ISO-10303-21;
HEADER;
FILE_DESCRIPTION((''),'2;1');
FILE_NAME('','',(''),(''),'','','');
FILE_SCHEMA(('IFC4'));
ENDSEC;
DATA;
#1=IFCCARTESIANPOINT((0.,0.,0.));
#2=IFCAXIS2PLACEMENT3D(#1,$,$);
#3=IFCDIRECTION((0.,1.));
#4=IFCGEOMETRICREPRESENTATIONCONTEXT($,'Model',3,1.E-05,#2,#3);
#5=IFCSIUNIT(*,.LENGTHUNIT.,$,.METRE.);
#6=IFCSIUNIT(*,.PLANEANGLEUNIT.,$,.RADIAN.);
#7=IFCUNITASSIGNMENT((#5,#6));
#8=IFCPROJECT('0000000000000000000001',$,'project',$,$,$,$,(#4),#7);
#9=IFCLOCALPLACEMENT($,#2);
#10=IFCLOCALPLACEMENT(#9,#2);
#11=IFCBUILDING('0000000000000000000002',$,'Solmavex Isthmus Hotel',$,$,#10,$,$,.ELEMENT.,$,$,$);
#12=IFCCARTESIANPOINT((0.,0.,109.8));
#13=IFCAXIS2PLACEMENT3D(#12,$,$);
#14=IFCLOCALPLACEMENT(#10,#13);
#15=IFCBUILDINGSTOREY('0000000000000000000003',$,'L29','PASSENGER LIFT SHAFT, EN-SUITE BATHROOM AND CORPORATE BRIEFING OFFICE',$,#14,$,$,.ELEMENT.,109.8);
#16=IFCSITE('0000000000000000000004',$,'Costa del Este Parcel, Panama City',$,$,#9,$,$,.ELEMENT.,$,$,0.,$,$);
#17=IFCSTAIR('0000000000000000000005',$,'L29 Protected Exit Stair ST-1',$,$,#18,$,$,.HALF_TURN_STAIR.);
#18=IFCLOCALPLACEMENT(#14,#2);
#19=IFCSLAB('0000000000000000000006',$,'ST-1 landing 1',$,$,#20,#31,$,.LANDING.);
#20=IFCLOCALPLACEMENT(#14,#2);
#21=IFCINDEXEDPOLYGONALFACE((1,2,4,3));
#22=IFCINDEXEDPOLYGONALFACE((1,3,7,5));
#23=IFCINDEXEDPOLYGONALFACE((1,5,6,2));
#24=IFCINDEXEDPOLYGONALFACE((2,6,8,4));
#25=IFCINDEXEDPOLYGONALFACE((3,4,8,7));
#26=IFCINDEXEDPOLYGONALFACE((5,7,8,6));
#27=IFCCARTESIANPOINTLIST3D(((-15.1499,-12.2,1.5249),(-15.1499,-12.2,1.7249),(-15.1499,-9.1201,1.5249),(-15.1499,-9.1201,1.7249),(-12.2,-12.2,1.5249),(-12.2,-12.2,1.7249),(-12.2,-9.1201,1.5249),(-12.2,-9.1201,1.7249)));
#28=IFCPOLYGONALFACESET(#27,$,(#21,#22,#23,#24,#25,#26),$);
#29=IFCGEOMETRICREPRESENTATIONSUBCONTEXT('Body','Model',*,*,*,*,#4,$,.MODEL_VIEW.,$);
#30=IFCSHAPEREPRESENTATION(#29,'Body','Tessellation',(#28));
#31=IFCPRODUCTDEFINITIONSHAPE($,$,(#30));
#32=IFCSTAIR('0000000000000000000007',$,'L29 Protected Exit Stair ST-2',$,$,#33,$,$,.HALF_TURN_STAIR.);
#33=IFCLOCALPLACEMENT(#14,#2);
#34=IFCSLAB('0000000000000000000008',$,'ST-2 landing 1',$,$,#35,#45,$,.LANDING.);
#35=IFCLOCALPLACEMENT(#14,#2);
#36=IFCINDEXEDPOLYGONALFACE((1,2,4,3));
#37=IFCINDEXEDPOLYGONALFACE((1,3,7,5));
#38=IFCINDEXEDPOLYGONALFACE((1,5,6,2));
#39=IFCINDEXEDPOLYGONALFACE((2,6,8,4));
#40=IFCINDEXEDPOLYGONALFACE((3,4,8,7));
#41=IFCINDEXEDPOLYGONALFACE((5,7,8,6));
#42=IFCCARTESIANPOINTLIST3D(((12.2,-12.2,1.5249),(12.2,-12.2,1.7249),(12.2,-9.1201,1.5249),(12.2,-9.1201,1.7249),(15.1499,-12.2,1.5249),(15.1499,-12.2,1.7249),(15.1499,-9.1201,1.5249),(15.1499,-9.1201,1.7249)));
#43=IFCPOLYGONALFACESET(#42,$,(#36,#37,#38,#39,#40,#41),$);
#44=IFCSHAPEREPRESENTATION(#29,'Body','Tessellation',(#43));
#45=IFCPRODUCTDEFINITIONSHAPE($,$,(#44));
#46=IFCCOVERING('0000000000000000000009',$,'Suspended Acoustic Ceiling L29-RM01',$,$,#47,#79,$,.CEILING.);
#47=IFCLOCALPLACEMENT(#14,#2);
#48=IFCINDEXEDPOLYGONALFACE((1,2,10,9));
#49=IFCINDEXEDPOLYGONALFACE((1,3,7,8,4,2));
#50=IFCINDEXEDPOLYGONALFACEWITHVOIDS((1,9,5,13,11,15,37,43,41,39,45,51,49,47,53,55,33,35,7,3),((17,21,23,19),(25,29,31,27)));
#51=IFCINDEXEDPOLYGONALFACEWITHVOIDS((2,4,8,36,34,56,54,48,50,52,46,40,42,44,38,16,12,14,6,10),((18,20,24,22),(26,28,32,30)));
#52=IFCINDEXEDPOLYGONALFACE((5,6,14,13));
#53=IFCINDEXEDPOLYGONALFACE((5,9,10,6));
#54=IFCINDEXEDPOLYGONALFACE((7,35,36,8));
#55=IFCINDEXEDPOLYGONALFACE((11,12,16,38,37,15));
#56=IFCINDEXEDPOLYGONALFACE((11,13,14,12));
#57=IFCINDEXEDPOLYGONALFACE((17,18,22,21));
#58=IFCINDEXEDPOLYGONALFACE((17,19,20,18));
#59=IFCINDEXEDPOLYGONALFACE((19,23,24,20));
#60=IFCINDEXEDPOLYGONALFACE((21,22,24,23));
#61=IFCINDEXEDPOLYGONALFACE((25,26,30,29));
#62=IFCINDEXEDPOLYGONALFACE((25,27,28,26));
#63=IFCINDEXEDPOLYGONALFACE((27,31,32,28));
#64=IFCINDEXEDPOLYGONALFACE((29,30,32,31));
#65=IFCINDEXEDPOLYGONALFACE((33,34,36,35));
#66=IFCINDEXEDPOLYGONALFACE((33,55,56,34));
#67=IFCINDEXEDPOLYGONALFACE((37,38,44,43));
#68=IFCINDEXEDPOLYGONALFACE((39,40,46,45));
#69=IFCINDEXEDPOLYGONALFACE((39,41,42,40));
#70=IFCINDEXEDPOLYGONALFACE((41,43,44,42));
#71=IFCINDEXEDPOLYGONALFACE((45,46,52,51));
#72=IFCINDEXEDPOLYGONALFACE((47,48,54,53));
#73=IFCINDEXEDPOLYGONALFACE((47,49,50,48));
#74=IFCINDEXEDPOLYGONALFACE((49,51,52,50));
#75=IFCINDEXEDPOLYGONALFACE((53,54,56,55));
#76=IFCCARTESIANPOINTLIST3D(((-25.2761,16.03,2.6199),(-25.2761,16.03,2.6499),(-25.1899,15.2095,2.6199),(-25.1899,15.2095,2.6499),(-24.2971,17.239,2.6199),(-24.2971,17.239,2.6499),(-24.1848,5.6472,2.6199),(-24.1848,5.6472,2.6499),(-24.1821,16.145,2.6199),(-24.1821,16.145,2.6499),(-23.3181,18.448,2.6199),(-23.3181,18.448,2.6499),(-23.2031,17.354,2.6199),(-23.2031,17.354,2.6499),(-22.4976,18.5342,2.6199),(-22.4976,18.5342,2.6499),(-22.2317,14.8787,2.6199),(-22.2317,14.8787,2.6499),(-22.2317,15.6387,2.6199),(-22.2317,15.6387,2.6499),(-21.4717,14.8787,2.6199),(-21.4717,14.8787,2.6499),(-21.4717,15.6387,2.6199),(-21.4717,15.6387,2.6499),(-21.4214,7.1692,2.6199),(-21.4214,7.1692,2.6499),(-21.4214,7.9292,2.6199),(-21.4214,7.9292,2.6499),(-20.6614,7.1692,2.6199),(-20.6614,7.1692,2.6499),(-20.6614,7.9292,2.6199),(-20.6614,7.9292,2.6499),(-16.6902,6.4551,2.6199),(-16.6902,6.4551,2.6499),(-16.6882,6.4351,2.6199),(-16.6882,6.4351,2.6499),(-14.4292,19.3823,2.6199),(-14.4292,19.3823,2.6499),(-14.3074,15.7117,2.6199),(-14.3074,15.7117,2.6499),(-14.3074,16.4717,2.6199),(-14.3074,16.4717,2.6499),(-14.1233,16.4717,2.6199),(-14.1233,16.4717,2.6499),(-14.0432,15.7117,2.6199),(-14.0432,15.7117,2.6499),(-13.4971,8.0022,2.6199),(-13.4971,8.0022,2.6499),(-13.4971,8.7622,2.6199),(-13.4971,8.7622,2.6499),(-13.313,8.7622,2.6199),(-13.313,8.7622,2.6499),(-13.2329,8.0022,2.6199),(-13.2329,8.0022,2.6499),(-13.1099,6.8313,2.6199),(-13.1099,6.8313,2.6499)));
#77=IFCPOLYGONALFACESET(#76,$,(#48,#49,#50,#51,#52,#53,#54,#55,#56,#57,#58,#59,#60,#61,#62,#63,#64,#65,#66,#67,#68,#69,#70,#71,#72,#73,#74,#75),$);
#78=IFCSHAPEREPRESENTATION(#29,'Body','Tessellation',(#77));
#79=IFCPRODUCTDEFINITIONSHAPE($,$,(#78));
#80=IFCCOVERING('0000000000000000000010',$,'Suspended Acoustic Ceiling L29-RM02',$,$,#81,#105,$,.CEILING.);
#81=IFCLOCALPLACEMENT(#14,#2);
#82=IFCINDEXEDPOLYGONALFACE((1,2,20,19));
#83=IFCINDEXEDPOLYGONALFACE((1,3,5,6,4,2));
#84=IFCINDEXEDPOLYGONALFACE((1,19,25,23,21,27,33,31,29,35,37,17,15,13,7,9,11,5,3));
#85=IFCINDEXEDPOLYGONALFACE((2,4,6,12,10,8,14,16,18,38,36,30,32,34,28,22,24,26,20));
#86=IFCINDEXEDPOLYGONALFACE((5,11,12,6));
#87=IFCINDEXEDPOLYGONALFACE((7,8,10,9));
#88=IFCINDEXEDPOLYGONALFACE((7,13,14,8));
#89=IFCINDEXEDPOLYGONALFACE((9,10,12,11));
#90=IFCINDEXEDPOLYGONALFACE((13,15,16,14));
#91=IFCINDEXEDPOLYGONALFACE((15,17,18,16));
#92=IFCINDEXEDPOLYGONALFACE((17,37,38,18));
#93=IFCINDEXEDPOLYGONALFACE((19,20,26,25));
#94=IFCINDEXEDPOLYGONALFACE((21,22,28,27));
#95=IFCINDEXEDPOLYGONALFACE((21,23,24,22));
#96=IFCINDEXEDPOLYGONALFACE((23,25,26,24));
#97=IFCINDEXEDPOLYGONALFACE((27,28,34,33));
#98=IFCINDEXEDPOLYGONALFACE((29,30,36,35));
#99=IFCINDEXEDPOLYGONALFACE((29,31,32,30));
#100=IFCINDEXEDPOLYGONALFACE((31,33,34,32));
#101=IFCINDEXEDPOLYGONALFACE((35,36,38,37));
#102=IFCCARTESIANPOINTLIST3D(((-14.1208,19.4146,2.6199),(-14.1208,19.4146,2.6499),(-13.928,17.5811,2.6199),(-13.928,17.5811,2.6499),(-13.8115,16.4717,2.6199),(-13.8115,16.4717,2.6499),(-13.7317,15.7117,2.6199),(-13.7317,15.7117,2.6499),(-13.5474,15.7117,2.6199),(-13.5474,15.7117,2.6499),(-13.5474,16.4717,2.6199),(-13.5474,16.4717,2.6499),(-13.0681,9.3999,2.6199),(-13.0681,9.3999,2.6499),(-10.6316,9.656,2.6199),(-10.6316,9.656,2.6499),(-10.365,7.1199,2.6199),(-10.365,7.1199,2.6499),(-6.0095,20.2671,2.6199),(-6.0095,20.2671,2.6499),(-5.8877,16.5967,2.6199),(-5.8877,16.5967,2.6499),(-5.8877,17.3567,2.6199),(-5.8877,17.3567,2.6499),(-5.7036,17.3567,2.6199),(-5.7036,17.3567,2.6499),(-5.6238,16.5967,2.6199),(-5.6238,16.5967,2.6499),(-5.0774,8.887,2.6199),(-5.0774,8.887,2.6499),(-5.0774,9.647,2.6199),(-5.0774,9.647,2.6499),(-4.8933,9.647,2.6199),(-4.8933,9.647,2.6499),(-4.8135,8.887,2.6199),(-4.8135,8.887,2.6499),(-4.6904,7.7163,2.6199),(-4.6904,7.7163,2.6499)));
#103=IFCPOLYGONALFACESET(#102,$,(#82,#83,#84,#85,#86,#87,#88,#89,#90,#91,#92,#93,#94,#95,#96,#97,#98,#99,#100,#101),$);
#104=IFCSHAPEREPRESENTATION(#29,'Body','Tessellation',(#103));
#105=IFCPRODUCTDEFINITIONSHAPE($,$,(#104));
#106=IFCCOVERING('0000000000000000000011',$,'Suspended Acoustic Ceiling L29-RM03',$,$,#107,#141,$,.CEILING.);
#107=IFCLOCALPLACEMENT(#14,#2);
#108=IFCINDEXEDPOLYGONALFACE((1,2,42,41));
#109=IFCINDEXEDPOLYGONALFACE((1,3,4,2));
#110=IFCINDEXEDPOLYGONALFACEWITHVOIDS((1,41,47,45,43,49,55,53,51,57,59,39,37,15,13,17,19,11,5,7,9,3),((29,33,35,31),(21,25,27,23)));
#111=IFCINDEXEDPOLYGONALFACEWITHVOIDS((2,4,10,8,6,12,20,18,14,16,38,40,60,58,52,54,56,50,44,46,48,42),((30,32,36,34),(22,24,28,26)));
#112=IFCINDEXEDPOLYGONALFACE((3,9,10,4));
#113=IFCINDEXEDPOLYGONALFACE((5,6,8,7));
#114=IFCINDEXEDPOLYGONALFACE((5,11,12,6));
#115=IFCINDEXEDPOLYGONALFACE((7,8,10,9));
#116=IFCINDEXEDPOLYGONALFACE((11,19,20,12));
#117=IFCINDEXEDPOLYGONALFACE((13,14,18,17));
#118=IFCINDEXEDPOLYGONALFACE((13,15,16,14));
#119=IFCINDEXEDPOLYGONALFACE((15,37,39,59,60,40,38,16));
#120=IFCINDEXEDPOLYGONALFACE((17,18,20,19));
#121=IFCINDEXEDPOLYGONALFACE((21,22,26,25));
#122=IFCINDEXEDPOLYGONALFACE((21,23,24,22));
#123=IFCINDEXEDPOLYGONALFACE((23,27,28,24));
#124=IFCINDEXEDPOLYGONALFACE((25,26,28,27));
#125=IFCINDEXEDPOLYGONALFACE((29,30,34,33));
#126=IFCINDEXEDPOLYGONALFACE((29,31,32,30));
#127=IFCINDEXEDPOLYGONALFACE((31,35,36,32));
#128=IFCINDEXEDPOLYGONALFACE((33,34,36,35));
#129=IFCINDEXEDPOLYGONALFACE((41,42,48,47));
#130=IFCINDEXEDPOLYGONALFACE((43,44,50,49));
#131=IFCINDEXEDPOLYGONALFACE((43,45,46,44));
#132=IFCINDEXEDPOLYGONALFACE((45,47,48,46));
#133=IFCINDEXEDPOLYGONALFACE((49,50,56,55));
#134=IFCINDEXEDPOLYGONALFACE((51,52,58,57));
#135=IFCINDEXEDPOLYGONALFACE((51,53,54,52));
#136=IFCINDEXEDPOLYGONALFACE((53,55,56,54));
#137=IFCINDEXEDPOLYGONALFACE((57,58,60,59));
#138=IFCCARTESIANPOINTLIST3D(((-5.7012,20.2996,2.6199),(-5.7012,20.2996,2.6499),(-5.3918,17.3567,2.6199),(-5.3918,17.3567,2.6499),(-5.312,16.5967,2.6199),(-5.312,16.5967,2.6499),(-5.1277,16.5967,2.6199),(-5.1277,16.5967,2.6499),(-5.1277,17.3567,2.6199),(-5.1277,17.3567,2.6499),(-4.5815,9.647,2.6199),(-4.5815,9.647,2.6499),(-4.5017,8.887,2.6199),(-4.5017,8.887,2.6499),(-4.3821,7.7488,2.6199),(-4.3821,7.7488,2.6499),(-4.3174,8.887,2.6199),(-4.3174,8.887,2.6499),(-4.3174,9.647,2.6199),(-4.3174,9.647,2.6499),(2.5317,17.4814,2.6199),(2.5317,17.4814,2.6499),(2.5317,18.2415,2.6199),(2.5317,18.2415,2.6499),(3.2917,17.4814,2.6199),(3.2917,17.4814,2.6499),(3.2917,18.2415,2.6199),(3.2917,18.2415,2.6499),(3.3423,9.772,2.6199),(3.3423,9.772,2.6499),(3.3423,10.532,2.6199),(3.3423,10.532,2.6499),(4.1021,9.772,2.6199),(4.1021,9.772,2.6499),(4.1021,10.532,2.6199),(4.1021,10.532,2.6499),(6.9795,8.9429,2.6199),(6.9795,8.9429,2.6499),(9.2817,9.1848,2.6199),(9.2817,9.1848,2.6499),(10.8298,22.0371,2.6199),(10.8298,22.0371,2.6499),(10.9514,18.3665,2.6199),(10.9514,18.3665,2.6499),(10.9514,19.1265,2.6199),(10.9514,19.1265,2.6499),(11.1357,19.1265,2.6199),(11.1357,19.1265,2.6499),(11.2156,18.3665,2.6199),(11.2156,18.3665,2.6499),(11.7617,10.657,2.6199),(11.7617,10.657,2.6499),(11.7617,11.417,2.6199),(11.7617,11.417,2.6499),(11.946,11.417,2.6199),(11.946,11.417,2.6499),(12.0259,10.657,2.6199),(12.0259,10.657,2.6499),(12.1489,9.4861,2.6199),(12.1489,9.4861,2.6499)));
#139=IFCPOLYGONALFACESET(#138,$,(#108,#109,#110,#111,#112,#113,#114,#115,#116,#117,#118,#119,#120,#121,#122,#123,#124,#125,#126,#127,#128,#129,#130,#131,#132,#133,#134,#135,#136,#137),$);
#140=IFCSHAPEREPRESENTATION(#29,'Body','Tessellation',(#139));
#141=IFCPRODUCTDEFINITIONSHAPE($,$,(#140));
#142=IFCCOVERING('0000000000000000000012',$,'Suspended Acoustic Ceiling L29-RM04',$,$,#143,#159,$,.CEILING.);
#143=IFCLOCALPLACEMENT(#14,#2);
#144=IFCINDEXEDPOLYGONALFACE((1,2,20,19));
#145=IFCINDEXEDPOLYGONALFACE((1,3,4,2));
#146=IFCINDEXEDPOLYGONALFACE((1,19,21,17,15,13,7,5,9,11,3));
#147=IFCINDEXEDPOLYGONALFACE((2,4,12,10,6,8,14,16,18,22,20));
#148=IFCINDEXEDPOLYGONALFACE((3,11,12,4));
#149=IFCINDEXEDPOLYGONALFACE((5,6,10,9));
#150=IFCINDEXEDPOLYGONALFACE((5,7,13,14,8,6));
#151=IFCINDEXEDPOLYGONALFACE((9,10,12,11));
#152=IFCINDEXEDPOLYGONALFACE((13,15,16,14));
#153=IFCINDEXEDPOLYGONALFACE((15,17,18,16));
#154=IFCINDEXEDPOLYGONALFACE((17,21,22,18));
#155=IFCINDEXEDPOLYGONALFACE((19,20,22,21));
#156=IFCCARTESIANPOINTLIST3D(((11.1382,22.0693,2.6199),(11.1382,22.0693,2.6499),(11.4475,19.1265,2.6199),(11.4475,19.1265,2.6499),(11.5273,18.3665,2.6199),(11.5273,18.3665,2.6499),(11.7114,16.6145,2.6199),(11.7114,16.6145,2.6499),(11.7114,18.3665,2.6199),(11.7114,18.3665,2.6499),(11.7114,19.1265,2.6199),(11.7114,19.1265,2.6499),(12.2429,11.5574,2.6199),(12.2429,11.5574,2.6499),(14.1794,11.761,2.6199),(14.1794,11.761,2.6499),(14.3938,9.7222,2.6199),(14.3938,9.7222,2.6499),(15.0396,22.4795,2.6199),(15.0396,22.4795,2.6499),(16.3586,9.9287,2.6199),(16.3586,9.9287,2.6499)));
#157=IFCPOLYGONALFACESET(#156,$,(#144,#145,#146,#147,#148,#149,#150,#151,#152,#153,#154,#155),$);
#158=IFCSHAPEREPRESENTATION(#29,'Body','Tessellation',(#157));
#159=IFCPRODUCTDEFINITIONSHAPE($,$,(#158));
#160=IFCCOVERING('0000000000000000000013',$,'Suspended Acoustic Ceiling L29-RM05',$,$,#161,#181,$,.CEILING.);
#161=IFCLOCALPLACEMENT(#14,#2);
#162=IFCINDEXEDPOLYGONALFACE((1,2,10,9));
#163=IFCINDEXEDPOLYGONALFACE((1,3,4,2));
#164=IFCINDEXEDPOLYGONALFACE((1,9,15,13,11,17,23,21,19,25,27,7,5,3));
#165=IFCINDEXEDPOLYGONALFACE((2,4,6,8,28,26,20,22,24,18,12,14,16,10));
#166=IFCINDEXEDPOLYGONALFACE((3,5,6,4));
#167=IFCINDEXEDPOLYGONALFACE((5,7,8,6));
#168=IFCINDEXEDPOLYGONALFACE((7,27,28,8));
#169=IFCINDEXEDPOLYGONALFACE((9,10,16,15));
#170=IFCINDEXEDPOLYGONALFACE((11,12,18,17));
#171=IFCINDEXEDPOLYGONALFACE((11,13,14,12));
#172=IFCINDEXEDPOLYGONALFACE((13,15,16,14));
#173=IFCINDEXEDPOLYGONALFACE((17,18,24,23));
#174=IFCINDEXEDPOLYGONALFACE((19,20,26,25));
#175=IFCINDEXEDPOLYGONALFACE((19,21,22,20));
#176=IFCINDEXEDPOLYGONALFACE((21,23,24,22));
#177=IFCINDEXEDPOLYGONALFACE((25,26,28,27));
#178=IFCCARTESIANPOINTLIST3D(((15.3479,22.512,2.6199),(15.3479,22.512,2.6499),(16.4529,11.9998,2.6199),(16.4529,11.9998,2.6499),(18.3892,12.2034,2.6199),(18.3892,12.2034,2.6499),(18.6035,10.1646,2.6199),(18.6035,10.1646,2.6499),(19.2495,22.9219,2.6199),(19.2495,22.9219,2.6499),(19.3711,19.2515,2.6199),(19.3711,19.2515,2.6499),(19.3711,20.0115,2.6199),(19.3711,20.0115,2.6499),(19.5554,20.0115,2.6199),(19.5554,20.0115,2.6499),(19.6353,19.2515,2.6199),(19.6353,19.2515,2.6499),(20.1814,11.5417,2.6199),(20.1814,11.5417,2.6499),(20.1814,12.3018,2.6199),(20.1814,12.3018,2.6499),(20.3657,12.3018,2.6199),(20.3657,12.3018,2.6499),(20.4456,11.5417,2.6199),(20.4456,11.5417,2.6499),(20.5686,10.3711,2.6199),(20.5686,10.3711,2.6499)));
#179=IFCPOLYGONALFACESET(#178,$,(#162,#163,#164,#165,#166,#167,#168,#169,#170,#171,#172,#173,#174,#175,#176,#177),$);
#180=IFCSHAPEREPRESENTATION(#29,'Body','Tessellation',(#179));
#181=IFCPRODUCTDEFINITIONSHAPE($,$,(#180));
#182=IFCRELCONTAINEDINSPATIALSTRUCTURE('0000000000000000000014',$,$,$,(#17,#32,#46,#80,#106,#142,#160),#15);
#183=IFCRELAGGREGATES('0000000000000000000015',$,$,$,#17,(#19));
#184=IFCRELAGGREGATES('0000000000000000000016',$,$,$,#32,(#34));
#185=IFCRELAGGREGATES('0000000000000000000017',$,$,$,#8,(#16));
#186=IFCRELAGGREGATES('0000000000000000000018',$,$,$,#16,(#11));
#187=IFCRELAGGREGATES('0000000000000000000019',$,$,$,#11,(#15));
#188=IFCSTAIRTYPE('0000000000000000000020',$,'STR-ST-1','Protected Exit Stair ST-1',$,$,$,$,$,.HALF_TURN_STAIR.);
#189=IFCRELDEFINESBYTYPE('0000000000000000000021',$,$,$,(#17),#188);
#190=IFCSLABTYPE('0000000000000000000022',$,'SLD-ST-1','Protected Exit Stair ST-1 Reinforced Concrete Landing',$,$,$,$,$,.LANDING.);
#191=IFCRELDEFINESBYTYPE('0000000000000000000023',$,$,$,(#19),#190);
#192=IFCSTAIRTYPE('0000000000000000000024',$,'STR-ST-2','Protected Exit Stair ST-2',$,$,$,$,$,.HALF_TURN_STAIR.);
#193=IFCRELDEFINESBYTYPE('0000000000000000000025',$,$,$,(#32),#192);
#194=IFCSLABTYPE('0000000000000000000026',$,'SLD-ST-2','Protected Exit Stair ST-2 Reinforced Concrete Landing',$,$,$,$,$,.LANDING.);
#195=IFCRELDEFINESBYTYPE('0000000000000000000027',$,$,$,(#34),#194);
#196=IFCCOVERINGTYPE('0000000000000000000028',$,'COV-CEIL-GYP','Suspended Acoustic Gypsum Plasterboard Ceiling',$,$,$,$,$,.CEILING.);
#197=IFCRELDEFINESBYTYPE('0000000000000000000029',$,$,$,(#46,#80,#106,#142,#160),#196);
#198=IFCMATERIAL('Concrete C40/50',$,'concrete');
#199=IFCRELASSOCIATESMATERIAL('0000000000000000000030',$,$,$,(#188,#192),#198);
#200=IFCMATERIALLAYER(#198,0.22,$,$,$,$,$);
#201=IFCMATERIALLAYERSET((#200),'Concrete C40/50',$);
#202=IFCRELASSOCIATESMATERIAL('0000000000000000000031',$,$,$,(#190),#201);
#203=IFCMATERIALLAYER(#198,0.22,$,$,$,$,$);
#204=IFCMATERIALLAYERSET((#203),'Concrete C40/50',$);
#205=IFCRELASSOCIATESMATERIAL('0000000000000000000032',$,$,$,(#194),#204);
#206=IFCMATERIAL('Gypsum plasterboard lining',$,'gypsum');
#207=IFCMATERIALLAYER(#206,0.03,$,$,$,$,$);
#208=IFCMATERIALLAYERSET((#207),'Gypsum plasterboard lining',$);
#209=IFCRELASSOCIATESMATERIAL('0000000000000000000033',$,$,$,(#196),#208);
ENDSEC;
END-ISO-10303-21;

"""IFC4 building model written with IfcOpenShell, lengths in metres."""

from ifc_helpers import new_model, si_unit, direction, frame, origin, place, context, subcontext, project, spatial, polyline, outline, extrude, material, layer, layer_set, type_object, element, aggregate, save


model = new_model("IFC4")

# Units and contexts
model_context = context("Model", 3, precision=1e-05, world=origin(), true_north=direction((0.0, 1.0)))
body_context = subcontext(model_context, "Body", "Model", "MODEL_VIEW")
ifc_project = project(units=[si_unit("LENGTHUNIT", "METRE"), si_unit("PLANEANGLEUNIT", "RADIAN")], contexts=[model_context])

# Site, building, storey
site_placement = place(None, origin())
site = spatial("IfcSite", under=ifc_project, at=site_placement, Name="Costa del Este Parcel, Panama City", CompositionType="ELEMENT", RefElevation=0.0)
building_placement = place(site_placement, origin())
building = spatial("IfcBuilding", under=site, at=building_placement, Name="Solmavex Isthmus Hotel", CompositionType="ELEMENT")
storey_placement = place(building_placement, frame((0.0, 0.0, 109.8)))
storey = spatial("IfcBuildingStorey", under=building, at=storey_placement, Name="L29", Description="PASSENGER LIFT SHAFT, EN-SUITE BATHROOM AND CORPORATE BRIEFING OFFICE", CompositionType="ELEMENT", Elevation=109.8)

# Stairs, slabs
ifc_material_1 = material(Name="Concrete C40/50", Category="concrete")
stair_type_1 = type_object("IfcStairType", Name="STR-ST-1", Description="Protected Exit Stair ST-1", PredefinedType="HALF_TURN_STAIR", material=ifc_material_1)
stair_1_placement = place(storey_placement, origin())
stair_1 = element("IfcStair", 1, at=stair_1_placement, inside=storey, type_object=stair_type_1, Name="L29 Protected Exit Stair ST-1", PredefinedType="HALF_TURN_STAIR")
ifc_layer_1 = layer(ifc_material_1, 0.22)
ifc_layer_set_1 = layer_set([ifc_layer_1], Name="Concrete C40/50")
slab_type_1 = type_object("IfcSlabType", Name="SLD-ST-1", Description="Protected Exit Stair ST-1 Reinforced Concrete Landing", PredefinedType="LANDING", material=ifc_layer_set_1)
slab_1_placement = place(storey_placement, frame((0.0, 0.0, 1.5249)))
slab_1 = element("IfcSlab", 2, at=slab_1_placement, type_object=slab_type_1, Name="ST-1 landing 1", PredefinedType="LANDING", context=body_context, shape_type="SweptSolid", body=[
    extrude(outline(polyline([(-15.1499, -9.1201), (-15.1499, -12.2), (-12.2, -12.2), (-12.2, -9.1201), (-15.1499, -9.1201)])), origin(), (0.0, 0.0, 1.0), 0.2),
])
aggregate(stair_1, [slab_1])
stair_type_2 = type_object("IfcStairType", Name="STR-ST-2", Description="Protected Exit Stair ST-2", PredefinedType="HALF_TURN_STAIR", material=ifc_material_1)
stair_2_placement = place(storey_placement, origin())
stair_2 = element("IfcStair", 3, at=stair_2_placement, inside=storey, type_object=stair_type_2, Name="L29 Protected Exit Stair ST-2", PredefinedType="HALF_TURN_STAIR")
ifc_layer_2 = layer(ifc_material_1, 0.22)
ifc_layer_set_2 = layer_set([ifc_layer_2], Name="Concrete C40/50")
slab_type_2 = type_object("IfcSlabType", Name="SLD-ST-2", Description="Protected Exit Stair ST-2 Reinforced Concrete Landing", PredefinedType="LANDING", material=ifc_layer_set_2)
slab_2_placement = place(storey_placement, frame((0.0, 0.0, 1.5249)))
slab_2 = element("IfcSlab", 4, at=slab_2_placement, type_object=slab_type_2, Name="ST-2 landing 1", PredefinedType="LANDING", context=body_context, shape_type="SweptSolid", body=[
    extrude(outline(polyline([(12.2, -9.1201), (12.2, -12.2), (15.1499, -12.2), (15.1499, -9.1201), (12.2, -9.1201)])), origin(), (0.0, 0.0, 1.0), 0.2),
])
aggregate(stair_2, [slab_2])

# Coverings
ifc_material_2 = material(Name="Gypsum plasterboard lining", Category="gypsum")
ifc_layer_3 = layer(ifc_material_2, 0.03)
ifc_layer_set_3 = layer_set([ifc_layer_3], Name="Gypsum plasterboard lining")
covering_type_1 = type_object("IfcCoveringType", Name="COV-CEIL-GYP", Description="Suspended Acoustic Gypsum Plasterboard Ceiling", PredefinedType="CEILING", material=ifc_layer_set_3)
covering_1_placement = place(storey_placement, frame((0.0, 0.0, 2.6199)))
element("IfcCovering", 5, at=covering_1_placement, inside=storey, type_object=covering_type_1, Name="Suspended Acoustic Ceiling L29-RM01", PredefinedType="CEILING", context=body_context, shape_type="SweptSolid", body=[
    extrude(outline(polyline([(-16.6882, 6.4351), (-16.6902, 6.4551), (-13.1099, 6.8313), (-13.2329, 8.0022), (-13.4971, 8.0022), (-13.4971, 8.7622), (-13.313, 8.7622), (-14.0432, 15.7117), (-14.3074, 15.7117), (-14.3074, 16.4717), (-14.1233, 16.4717), (-14.4292, 19.3823), (-22.4976, 18.5342), (-23.3181, 18.448), (-23.2031, 17.354), (-24.2971, 17.239), (-24.1821, 16.145), (-25.2761, 16.03), (-25.1899, 15.2095), (-24.1848, 5.6472), (-16.6882, 6.4351)]), holes=[polyline([(-21.4214, 7.1692), (-21.4214, 7.9292), (-20.6614, 7.9292), (-20.6614, 7.1692), (-21.4214, 7.1692)]), polyline([(-22.2317, 14.8787), (-22.2317, 15.6387), (-21.4717, 15.6387), (-21.4717, 14.8787), (-22.2317, 14.8787)])]), origin(), (0.0, 0.0, 1.0), 0.03),
])
covering_2_placement = place(storey_placement, frame((0.0, 0.0, 2.6199)))
element("IfcCovering", 6, at=covering_2_placement, inside=storey, type_object=covering_type_1, Name="Suspended Acoustic Ceiling L29-RM02", PredefinedType="CEILING", context=body_context, shape_type="SweptSolid", body=[
    extrude(outline(polyline([(-13.8115, 16.4717), (-13.5474, 16.4717), (-13.5474, 15.7117), (-13.7317, 15.7117), (-13.0681, 9.3999), (-10.6316, 9.656), (-10.365, 7.1199), (-4.6904, 7.7163), (-4.8135, 8.887), (-5.0774, 8.887), (-5.0774, 9.647), (-4.8933, 9.647), (-5.6238, 16.5967), (-5.8877, 16.5967), (-5.8877, 17.3567), (-5.7036, 17.3567), (-6.0095, 20.2671), (-14.1208, 19.4146), (-13.928, 17.5811), (-13.8115, 16.4717)])), origin(), (0.0, 0.0, 1.0), 0.03),
])
covering_3_placement = place(storey_placement, frame((0.0, 0.0, 2.6199)))
element("IfcCovering", 7, at=covering_3_placement, inside=storey, type_object=covering_type_1, Name="Suspended Acoustic Ceiling L29-RM03", PredefinedType="CEILING", context=body_context, shape_type="SweptSolid", body=[
    extrude(outline(polyline([(-4.5815, 9.647), (-4.3174, 9.647), (-4.3174, 8.887), (-4.5017, 8.887), (-4.3821, 7.7488), (6.9795, 8.9429), (9.2817, 9.1848), (12.1489, 9.4861), (12.0259, 10.657), (11.7617, 10.657), (11.7617, 11.417), (11.946, 11.417), (11.2156, 18.3665), (10.9514, 18.3665), (10.9514, 19.1265), (11.1357, 19.1265), (10.8298, 22.0371), (-5.7012, 20.2996), (-5.3918, 17.3567), (-5.1277, 17.3567), (-5.1277, 16.5967), (-5.312, 16.5967), (-4.5815, 9.647)]), holes=[polyline([(3.3423, 9.772), (3.3423, 10.532), (4.1021, 10.532), (4.1021, 9.772), (3.3423, 9.772)]), polyline([(2.5317, 17.4814), (2.5317, 18.2415), (3.2917, 18.2415), (3.2917, 17.4814), (2.5317, 17.4814)])]), origin(), (0.0, 0.0, 1.0), 0.03),
])
covering_4_placement = place(storey_placement, frame((0.0, 0.0, 2.6199)))
element("IfcCovering", 8, at=covering_4_placement, inside=storey, type_object=covering_type_1, Name="Suspended Acoustic Ceiling L29-RM04", PredefinedType="CEILING", context=body_context, shape_type="SweptSolid", body=[
    extrude(outline(polyline([(11.4475, 19.1265), (11.7114, 19.1265), (11.7114, 18.3665), (11.5273, 18.3665), (11.7114, 16.6145), (12.2429, 11.5574), (14.1794, 11.761), (14.3938, 9.7222), (16.3586, 9.9287), (15.0396, 22.4795), (11.1382, 22.0693), (11.4475, 19.1265)])), origin(), (0.0, 0.0, 1.0), 0.03),
])
covering_5_placement = place(storey_placement, frame((0.0, 0.0, 2.6199)))
element("IfcCovering", 9, at=covering_5_placement, inside=storey, type_object=covering_type_1, Name="Suspended Acoustic Ceiling L29-RM05", PredefinedType="CEILING", context=body_context, shape_type="SweptSolid", body=[
    extrude(outline(polyline([(19.6353, 19.2515), (19.3711, 19.2515), (19.3711, 20.0115), (19.5554, 20.0115), (19.2495, 22.9219), (15.3479, 22.512), (16.4529, 11.9998), (18.3892, 12.2034), (18.6035, 10.1646), (20.5686, 10.3711), (20.4456, 11.5417), (20.1814, 11.5417), (20.1814, 12.3018), (20.3657, 12.3018), (19.6353, 19.2515)])), origin(), (0.0, 0.0, 1.0), 0.03),
])

save(model, "model.ifc")
